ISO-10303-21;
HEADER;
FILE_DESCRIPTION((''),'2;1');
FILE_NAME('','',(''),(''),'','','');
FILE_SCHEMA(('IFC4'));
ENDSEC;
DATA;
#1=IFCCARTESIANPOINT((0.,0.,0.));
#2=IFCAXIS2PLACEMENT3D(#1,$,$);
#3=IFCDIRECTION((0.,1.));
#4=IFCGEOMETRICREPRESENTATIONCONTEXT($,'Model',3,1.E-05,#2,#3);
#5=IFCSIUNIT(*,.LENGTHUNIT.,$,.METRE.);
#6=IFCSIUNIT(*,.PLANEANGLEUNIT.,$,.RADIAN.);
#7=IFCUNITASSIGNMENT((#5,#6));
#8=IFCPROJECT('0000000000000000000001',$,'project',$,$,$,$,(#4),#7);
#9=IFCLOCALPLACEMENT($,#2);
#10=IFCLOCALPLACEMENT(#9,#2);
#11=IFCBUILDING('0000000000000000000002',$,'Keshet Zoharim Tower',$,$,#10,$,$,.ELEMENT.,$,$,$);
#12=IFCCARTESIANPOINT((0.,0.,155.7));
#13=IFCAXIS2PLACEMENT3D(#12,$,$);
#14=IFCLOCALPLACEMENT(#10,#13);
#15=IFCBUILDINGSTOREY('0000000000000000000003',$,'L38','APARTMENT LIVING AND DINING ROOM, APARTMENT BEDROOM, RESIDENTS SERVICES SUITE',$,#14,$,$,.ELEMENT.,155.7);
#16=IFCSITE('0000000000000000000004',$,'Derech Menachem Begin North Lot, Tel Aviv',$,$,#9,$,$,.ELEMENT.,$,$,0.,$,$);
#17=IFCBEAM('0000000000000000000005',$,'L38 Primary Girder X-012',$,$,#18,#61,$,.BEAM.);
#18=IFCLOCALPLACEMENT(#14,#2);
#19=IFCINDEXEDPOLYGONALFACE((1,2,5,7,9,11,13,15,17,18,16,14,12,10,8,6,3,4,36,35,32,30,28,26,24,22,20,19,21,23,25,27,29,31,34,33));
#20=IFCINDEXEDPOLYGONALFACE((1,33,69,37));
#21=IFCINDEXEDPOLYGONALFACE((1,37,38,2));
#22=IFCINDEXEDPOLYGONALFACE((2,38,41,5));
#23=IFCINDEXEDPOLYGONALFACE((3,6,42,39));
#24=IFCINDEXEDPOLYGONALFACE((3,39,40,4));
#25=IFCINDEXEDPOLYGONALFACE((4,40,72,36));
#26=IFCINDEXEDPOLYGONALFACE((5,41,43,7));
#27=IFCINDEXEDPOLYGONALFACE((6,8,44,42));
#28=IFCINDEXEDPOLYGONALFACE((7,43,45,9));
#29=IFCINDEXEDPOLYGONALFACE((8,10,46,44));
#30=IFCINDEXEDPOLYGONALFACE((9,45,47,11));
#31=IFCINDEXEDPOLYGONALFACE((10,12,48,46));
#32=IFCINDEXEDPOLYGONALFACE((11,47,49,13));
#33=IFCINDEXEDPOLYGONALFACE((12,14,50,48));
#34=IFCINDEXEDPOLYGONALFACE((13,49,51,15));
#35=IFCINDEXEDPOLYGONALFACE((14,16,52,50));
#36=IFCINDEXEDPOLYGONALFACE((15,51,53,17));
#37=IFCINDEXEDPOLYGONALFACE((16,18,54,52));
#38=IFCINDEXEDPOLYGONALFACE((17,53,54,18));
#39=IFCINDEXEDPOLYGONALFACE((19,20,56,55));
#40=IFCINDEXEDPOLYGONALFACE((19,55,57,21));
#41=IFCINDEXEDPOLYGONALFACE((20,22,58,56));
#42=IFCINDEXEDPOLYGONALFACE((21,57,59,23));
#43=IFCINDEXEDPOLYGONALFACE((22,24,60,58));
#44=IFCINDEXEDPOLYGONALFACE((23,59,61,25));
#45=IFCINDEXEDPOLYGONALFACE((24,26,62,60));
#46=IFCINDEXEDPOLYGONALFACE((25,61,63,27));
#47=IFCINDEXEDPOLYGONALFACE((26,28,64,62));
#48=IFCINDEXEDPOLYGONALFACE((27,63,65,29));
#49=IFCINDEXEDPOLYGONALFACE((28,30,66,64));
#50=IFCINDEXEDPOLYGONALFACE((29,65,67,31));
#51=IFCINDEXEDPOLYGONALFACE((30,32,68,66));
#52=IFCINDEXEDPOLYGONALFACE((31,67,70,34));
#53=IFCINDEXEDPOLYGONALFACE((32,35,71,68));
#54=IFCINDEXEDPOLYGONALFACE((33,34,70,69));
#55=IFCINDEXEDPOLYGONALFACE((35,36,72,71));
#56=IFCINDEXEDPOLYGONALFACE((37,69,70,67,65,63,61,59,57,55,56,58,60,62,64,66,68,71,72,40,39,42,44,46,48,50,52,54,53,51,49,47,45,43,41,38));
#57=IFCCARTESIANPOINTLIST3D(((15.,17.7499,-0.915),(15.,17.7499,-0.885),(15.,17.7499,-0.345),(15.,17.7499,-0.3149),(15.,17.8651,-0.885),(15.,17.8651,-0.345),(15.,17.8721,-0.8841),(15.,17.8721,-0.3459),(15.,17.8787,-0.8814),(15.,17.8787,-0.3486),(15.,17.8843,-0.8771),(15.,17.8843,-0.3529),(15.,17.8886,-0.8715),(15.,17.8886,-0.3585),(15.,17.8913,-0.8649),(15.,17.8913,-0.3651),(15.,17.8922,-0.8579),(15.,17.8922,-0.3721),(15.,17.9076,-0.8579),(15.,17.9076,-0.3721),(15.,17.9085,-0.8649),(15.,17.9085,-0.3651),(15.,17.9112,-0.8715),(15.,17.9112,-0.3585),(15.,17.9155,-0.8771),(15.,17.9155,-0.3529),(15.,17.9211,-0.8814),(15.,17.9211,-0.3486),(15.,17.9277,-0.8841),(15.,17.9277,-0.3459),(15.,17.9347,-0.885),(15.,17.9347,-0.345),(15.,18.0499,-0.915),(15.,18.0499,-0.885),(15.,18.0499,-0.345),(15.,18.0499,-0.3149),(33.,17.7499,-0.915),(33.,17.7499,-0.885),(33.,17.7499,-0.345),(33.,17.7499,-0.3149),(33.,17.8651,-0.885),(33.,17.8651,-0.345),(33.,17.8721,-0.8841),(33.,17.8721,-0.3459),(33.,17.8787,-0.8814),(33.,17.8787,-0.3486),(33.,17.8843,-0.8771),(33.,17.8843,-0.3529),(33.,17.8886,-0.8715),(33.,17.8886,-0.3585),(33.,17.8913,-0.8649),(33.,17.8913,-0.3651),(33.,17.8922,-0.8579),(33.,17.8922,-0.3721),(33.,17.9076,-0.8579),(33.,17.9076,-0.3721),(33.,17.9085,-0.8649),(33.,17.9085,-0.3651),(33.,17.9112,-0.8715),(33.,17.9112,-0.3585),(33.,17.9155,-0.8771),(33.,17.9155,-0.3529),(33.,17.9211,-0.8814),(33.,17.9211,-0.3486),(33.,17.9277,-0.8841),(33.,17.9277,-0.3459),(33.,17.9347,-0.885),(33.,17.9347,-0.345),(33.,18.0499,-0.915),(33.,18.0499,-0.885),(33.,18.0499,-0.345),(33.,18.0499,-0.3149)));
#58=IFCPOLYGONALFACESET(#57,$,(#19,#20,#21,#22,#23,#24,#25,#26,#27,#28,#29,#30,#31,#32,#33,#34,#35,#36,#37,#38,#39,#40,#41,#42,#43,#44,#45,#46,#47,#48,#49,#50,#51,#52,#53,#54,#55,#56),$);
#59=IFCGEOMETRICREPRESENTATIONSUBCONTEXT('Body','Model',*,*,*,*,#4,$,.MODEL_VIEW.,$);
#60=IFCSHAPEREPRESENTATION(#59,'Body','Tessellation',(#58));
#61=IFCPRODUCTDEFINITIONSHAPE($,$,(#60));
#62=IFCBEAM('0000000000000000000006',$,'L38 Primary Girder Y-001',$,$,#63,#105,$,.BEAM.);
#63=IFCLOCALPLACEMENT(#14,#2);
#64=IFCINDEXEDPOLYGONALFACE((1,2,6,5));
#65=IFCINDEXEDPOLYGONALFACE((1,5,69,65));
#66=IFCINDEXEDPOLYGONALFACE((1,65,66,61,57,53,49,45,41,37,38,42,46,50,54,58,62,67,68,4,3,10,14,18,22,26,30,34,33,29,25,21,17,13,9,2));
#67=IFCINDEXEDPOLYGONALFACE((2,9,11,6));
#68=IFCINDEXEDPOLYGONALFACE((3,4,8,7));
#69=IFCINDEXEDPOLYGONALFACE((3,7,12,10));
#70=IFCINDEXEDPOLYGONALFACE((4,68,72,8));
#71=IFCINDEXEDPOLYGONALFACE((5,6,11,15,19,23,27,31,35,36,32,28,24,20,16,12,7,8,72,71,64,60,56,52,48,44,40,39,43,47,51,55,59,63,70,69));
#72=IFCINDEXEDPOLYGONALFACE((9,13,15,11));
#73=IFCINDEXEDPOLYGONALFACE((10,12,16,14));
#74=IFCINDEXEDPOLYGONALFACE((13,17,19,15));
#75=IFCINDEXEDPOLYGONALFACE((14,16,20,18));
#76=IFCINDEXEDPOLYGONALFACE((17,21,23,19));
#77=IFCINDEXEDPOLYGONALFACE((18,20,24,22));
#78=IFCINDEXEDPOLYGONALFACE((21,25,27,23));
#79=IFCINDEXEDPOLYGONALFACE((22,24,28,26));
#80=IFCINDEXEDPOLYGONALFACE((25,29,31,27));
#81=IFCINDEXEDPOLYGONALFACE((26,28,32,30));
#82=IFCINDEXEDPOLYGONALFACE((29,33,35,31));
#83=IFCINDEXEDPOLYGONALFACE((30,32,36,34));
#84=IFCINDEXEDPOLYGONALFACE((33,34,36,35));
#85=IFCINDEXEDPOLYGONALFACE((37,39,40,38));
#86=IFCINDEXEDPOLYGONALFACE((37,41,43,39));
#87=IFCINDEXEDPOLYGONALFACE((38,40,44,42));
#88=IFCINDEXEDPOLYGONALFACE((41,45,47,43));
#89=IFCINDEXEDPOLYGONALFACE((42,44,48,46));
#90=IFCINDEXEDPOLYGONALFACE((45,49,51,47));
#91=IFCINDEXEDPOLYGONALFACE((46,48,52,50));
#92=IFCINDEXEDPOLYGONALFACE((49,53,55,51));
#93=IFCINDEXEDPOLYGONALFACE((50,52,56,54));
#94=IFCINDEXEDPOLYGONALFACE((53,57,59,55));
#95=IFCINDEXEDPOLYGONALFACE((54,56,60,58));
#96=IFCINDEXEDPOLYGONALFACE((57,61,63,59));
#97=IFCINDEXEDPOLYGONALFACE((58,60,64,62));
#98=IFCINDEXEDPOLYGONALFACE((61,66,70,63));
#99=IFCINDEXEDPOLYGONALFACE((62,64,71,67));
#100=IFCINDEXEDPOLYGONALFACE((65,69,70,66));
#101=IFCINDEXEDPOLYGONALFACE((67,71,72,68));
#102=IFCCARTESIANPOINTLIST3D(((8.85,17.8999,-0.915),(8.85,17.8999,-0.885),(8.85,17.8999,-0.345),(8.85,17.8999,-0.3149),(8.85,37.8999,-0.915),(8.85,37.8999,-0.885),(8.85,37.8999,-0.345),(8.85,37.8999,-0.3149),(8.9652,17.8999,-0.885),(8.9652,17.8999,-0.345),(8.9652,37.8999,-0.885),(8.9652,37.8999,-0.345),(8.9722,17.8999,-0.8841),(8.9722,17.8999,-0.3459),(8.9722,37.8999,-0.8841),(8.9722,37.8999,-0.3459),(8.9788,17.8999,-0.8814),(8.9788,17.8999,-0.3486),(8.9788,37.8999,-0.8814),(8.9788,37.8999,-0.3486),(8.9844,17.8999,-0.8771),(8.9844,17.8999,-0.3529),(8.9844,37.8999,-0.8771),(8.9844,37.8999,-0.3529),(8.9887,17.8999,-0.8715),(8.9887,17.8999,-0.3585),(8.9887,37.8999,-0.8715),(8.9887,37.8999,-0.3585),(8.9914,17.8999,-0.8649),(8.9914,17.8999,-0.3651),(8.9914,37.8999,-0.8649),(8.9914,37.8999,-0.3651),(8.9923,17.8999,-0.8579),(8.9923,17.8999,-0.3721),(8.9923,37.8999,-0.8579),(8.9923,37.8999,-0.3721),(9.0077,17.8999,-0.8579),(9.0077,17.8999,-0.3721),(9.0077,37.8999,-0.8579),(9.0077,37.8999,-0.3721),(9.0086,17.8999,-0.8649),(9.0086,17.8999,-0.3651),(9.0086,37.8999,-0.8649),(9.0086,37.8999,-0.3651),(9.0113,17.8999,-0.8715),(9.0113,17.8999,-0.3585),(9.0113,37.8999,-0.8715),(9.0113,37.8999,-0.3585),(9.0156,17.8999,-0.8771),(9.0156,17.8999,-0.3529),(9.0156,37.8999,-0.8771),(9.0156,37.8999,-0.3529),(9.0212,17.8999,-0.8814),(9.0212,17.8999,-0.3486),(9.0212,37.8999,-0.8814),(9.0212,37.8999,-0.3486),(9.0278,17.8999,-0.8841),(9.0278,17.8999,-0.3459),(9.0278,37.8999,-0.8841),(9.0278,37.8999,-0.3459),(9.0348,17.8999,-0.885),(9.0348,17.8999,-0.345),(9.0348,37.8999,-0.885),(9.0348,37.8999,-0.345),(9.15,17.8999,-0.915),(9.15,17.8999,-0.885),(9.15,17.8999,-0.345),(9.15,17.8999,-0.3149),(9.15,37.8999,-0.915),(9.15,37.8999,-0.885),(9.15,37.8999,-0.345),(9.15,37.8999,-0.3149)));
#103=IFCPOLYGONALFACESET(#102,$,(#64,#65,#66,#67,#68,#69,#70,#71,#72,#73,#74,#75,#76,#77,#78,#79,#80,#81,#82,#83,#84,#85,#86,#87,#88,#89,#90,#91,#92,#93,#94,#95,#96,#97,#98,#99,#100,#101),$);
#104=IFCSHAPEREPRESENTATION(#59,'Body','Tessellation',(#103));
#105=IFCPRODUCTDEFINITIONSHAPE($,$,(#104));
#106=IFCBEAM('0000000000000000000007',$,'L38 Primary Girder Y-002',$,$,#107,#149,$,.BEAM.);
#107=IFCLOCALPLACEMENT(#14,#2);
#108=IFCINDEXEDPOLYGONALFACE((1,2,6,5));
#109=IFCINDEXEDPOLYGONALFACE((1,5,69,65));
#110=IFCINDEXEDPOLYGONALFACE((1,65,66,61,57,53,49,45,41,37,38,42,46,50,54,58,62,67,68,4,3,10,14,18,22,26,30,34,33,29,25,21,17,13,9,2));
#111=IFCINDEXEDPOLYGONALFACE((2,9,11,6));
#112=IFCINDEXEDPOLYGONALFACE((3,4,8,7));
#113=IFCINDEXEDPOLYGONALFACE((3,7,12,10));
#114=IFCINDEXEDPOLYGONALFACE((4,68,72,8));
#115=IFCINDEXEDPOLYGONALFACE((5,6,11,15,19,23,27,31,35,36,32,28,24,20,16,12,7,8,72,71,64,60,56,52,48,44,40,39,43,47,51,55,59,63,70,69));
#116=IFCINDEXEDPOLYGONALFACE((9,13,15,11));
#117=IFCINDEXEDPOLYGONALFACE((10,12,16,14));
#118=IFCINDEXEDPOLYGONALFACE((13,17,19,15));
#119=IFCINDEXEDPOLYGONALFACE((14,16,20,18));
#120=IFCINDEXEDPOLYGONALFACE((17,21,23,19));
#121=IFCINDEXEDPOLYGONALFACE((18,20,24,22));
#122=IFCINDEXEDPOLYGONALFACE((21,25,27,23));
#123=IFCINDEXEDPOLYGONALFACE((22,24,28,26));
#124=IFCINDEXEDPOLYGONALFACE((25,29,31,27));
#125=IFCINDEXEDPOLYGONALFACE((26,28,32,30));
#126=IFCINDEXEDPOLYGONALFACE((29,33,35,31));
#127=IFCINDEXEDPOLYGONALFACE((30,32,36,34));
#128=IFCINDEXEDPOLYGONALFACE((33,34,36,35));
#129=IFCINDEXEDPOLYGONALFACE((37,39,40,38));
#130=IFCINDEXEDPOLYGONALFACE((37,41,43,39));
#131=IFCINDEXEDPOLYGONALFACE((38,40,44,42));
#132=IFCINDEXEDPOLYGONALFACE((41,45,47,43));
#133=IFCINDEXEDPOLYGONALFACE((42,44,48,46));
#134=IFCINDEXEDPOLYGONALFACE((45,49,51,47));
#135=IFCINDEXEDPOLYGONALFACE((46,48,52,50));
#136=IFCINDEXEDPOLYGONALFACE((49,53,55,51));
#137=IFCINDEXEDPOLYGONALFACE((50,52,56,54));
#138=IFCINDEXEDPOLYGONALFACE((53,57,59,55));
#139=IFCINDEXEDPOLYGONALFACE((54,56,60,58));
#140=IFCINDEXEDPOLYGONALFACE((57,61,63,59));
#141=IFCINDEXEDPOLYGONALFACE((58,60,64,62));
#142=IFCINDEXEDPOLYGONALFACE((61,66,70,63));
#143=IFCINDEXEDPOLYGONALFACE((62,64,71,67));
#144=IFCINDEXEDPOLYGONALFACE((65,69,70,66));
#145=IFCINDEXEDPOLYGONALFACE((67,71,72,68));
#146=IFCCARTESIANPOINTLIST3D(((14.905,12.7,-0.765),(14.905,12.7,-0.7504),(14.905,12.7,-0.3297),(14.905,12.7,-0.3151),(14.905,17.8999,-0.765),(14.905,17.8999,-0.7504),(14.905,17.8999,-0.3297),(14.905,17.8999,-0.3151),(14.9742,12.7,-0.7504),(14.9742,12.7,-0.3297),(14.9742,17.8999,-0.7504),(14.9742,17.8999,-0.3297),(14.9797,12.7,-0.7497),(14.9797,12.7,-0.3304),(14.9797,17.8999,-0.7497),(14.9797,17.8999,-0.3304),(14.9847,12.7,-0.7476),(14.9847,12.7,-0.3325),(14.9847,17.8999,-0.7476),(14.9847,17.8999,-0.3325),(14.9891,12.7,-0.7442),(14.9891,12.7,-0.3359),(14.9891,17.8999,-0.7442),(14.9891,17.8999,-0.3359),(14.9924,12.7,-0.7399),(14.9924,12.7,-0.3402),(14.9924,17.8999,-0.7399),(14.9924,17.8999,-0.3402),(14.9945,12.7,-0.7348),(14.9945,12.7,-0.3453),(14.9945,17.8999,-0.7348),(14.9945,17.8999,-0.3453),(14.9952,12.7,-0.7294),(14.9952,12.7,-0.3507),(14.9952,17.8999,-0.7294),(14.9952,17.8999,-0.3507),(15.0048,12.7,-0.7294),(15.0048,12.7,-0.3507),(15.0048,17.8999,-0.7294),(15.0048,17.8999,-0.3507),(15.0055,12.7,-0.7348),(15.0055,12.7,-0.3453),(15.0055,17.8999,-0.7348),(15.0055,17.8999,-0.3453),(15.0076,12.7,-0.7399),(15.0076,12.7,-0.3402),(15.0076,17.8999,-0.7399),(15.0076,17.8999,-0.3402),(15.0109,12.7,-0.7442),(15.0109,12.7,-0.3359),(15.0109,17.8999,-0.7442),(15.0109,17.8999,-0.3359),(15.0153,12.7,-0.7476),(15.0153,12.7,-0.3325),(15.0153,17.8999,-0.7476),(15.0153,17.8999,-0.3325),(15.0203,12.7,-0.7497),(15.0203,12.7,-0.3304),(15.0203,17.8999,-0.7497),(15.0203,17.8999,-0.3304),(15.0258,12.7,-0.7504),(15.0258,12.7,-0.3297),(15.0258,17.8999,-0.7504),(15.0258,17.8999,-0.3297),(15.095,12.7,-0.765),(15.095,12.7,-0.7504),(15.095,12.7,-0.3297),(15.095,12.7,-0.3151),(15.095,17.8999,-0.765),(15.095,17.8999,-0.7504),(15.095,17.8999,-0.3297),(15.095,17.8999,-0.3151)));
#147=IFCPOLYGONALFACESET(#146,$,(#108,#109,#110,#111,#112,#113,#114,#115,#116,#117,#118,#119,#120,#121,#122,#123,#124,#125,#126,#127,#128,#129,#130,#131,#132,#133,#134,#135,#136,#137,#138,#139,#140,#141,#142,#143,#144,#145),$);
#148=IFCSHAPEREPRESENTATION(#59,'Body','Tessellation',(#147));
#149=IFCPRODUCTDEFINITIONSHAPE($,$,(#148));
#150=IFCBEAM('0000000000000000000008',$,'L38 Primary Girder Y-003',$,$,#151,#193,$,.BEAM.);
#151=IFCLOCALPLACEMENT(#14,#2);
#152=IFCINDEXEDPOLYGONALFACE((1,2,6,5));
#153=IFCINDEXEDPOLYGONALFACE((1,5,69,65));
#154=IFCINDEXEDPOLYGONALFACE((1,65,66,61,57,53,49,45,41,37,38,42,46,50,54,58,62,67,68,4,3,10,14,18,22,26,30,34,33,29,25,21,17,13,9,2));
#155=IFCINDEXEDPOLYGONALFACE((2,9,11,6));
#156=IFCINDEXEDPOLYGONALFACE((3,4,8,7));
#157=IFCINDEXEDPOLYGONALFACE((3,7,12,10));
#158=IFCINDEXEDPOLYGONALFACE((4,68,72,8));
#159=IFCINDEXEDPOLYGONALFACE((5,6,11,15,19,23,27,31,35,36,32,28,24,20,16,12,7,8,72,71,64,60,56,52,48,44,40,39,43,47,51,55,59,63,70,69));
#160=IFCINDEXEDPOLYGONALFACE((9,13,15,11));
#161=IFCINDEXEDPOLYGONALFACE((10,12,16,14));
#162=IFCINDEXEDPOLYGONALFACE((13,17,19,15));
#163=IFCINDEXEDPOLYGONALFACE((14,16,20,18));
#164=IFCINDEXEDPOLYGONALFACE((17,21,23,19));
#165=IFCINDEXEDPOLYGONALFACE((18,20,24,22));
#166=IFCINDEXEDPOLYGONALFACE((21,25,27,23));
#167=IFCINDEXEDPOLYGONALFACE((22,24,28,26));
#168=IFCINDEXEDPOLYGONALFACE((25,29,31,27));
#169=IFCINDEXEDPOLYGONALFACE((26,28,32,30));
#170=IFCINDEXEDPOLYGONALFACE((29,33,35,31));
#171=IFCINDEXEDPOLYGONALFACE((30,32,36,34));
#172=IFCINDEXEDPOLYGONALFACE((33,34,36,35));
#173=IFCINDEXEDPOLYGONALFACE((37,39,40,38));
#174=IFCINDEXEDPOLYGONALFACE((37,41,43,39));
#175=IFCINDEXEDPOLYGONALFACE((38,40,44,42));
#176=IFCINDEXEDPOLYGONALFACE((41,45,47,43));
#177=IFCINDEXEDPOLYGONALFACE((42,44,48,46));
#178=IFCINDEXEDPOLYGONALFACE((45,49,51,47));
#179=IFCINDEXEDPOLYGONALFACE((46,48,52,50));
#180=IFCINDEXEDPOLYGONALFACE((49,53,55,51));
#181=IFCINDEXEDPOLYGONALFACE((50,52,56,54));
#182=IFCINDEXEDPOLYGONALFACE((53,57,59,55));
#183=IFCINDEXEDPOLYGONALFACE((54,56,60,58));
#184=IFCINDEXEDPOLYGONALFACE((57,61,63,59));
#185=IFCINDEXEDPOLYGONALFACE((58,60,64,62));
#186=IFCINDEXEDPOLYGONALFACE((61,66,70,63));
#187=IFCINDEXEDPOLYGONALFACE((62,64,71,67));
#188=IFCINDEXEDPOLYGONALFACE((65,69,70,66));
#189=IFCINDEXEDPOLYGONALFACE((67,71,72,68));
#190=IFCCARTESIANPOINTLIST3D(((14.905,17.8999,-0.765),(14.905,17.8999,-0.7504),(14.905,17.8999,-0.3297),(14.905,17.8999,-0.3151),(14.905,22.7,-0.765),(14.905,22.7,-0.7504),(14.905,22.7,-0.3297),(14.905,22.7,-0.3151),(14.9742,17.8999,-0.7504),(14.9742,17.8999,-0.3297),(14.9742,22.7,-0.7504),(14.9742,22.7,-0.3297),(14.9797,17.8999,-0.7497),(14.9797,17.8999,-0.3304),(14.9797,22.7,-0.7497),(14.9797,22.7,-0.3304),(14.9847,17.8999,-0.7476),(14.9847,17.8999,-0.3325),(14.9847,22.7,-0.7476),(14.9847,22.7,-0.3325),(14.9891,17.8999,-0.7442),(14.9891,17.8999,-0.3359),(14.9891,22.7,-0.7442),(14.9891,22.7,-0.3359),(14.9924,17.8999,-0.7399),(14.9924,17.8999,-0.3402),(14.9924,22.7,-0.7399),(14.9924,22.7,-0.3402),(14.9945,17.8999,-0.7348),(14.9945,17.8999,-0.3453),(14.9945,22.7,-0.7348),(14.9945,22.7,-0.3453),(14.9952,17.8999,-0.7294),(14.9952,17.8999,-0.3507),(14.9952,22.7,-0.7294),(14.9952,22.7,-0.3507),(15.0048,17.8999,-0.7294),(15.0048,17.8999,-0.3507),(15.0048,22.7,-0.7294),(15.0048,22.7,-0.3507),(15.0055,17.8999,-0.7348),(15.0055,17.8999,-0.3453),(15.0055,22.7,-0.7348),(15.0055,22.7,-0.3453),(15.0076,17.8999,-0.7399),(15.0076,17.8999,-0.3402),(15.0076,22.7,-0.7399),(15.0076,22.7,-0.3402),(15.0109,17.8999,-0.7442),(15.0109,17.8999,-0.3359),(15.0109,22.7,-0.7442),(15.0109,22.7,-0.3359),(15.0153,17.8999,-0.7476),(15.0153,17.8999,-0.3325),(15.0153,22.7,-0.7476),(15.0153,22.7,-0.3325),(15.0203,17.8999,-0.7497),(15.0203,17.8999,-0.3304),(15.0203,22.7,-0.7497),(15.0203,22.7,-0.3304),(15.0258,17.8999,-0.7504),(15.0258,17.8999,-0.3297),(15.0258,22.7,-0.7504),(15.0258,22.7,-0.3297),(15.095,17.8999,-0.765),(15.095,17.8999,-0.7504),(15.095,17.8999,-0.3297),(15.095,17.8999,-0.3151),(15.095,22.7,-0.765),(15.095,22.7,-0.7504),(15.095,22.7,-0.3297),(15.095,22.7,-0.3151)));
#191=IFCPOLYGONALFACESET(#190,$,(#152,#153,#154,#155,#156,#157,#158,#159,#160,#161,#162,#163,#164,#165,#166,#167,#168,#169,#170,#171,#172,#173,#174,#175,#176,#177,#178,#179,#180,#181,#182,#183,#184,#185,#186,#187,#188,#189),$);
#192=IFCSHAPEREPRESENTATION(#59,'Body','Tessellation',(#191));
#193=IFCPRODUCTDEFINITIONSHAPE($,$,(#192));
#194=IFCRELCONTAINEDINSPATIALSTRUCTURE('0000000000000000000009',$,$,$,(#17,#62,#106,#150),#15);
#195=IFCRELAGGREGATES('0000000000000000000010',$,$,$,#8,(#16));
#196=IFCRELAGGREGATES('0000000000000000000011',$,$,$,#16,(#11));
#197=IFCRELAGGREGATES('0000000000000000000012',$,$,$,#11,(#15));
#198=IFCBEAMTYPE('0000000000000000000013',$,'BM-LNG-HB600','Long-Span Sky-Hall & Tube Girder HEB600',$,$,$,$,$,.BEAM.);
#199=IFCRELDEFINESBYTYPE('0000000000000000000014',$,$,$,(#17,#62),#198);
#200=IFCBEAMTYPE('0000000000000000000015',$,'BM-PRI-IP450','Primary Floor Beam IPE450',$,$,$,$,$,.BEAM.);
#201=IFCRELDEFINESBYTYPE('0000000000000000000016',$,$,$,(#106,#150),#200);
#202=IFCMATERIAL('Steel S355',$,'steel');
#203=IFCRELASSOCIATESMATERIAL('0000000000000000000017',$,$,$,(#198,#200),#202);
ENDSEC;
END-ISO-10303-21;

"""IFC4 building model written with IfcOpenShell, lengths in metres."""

from ifc_helpers import new_model, si_unit, direction, frame, origin, origin_2d, place, context, subcontext, project, spatial, i_section, extrude, material, material_profile, profile_set, type_object, element, save


model = new_model("IFC4")

# Units and contexts
model_context = context("Model", 3, precision=1e-05, world=origin(), true_north=direction((0.0, 1.0)))
body_context = subcontext(model_context, "Body", "Model", "MODEL_VIEW")
ifc_project = project(units=[si_unit("LENGTHUNIT", "METRE"), si_unit("PLANEANGLEUNIT", "RADIAN")], contexts=[model_context])

# Site, building, storey
site_placement = place(None, origin())
site = spatial("IfcSite", under=ifc_project, at=site_placement, Name="Derech Menachem Begin North Lot, Tel Aviv", CompositionType="ELEMENT", RefElevation=0.0)
building_placement = place(site_placement, origin())
building = spatial("IfcBuilding", under=site, at=building_placement, Name="Keshet Zoharim Tower", CompositionType="ELEMENT")
storey_placement = place(building_placement, frame((0.0, 0.0, 155.7)))
storey = spatial("IfcBuildingStorey", under=building, at=storey_placement, Name="L38", Description="APARTMENT LIVING AND DINING ROOM, APARTMENT BEDROOM, RESIDENTS SERVICES SUITE", CompositionType="ELEMENT", Elevation=155.7)

# Shared definitions
ifc_material_1 = material(Name="Steel S355", Category="steel")

# Beams
ifc_material_profile_1 = material_profile(ifc_material_1, i_section(OverallWidth=0.3, OverallDepth=0.6001, WebThickness=0.0154, FlangeThickness=0.03, FilletRadius=0.0271, at=origin_2d()), Name="HEB600")
ifc_profile_set_1 = profile_set([ifc_material_profile_1], Name="Steel S355")
beam_type_1 = type_object("IfcBeamType", Name="BM-LNG-HB600", Description="Long-Span Sky-Hall & Tube Girder HEB600", PredefinedType="BEAM", material=ifc_profile_set_1)
for number, where, z_axis, x_axis, name in (
    (1, (15.0, 17.8999, -0.615), (1.0, 0.0, 0.0), (0.0, 1.0, 0.0), "L38 Primary Girder X-012"),
):
    element("IfcBeam", number, at=place(storey_placement, frame(where, z_axis=z_axis, x_axis=x_axis)), inside=storey, type_object=beam_type_1, Name=name, PredefinedType="BEAM", context=body_context, shape_type="SweptSolid", body=[
        extrude(i_section(OverallWidth=0.3, OverallDepth=0.6001, WebThickness=0.0154, FlangeThickness=0.03, FilletRadius=0.0271, at=origin_2d()), origin(), (0.0, 0.0, 1.0), 18.0),
    ])
beam_1_placement = place(storey_placement, frame((9.0, 17.8999, -0.615), z_axis=(0.0, 1.0, 0.0), x_axis=(-1.0, 0.0, 0.0)))
element("IfcBeam", 2, at=beam_1_placement, inside=storey, type_object=beam_type_1, Name="L38 Primary Girder Y-001", PredefinedType="BEAM", context=body_context, shape_type="SweptSolid", body=[
    extrude(i_section(OverallWidth=0.3, OverallDepth=0.6001, WebThickness=0.0154, FlangeThickness=0.03, FilletRadius=0.0271, at=origin_2d()), origin(), (0.0, 0.0, 1.0), 20.0),
])
ifc_material_profile_2 = material_profile(ifc_material_1, i_section(OverallWidth=0.1899, OverallDepth=0.45, WebThickness=0.0095, FlangeThickness=0.0146, FilletRadius=0.021, at=origin_2d()), Name="IPE450")
ifc_profile_set_2 = profile_set([ifc_material_profile_2], Name="Steel S355")
beam_type_2 = type_object("IfcBeamType", Name="BM-PRI-IP450", Description="Primary Floor Beam IPE450", PredefinedType="BEAM", material=ifc_profile_set_2)
beam_2_placement = place(storey_placement, frame((15.0, 12.7, -0.54), z_axis=(0.0, 1.0, 0.0), x_axis=(-1.0, 0.0, 0.0)))
element("IfcBeam", 3, at=beam_2_placement, inside=storey, type_object=beam_type_2, Name="L38 Primary Girder Y-002", PredefinedType="BEAM", context=body_context, shape_type="SweptSolid", body=[
    extrude(i_section(OverallWidth=0.1899, OverallDepth=0.45, WebThickness=0.0095, FlangeThickness=0.0146, FilletRadius=0.021, at=origin_2d()), origin(), (0.0, 0.0, 1.0), 5.2),
])
beam_3_placement = place(storey_placement, frame((15.0, 17.8999, -0.54), z_axis=(0.0, 1.0, 0.0), x_axis=(-1.0, 0.0, 0.0)))
element("IfcBeam", 4, at=beam_3_placement, inside=storey, type_object=beam_type_2, Name="L38 Primary Girder Y-003", PredefinedType="BEAM", context=body_context, shape_type="SweptSolid", body=[
    extrude(i_section(OverallWidth=0.1899, OverallDepth=0.45, WebThickness=0.0095, FlangeThickness=0.0146, FilletRadius=0.021, at=origin_2d()), origin(), (0.0, 0.0, 1.0), 4.8),
])

save(model, "model.ifc")
